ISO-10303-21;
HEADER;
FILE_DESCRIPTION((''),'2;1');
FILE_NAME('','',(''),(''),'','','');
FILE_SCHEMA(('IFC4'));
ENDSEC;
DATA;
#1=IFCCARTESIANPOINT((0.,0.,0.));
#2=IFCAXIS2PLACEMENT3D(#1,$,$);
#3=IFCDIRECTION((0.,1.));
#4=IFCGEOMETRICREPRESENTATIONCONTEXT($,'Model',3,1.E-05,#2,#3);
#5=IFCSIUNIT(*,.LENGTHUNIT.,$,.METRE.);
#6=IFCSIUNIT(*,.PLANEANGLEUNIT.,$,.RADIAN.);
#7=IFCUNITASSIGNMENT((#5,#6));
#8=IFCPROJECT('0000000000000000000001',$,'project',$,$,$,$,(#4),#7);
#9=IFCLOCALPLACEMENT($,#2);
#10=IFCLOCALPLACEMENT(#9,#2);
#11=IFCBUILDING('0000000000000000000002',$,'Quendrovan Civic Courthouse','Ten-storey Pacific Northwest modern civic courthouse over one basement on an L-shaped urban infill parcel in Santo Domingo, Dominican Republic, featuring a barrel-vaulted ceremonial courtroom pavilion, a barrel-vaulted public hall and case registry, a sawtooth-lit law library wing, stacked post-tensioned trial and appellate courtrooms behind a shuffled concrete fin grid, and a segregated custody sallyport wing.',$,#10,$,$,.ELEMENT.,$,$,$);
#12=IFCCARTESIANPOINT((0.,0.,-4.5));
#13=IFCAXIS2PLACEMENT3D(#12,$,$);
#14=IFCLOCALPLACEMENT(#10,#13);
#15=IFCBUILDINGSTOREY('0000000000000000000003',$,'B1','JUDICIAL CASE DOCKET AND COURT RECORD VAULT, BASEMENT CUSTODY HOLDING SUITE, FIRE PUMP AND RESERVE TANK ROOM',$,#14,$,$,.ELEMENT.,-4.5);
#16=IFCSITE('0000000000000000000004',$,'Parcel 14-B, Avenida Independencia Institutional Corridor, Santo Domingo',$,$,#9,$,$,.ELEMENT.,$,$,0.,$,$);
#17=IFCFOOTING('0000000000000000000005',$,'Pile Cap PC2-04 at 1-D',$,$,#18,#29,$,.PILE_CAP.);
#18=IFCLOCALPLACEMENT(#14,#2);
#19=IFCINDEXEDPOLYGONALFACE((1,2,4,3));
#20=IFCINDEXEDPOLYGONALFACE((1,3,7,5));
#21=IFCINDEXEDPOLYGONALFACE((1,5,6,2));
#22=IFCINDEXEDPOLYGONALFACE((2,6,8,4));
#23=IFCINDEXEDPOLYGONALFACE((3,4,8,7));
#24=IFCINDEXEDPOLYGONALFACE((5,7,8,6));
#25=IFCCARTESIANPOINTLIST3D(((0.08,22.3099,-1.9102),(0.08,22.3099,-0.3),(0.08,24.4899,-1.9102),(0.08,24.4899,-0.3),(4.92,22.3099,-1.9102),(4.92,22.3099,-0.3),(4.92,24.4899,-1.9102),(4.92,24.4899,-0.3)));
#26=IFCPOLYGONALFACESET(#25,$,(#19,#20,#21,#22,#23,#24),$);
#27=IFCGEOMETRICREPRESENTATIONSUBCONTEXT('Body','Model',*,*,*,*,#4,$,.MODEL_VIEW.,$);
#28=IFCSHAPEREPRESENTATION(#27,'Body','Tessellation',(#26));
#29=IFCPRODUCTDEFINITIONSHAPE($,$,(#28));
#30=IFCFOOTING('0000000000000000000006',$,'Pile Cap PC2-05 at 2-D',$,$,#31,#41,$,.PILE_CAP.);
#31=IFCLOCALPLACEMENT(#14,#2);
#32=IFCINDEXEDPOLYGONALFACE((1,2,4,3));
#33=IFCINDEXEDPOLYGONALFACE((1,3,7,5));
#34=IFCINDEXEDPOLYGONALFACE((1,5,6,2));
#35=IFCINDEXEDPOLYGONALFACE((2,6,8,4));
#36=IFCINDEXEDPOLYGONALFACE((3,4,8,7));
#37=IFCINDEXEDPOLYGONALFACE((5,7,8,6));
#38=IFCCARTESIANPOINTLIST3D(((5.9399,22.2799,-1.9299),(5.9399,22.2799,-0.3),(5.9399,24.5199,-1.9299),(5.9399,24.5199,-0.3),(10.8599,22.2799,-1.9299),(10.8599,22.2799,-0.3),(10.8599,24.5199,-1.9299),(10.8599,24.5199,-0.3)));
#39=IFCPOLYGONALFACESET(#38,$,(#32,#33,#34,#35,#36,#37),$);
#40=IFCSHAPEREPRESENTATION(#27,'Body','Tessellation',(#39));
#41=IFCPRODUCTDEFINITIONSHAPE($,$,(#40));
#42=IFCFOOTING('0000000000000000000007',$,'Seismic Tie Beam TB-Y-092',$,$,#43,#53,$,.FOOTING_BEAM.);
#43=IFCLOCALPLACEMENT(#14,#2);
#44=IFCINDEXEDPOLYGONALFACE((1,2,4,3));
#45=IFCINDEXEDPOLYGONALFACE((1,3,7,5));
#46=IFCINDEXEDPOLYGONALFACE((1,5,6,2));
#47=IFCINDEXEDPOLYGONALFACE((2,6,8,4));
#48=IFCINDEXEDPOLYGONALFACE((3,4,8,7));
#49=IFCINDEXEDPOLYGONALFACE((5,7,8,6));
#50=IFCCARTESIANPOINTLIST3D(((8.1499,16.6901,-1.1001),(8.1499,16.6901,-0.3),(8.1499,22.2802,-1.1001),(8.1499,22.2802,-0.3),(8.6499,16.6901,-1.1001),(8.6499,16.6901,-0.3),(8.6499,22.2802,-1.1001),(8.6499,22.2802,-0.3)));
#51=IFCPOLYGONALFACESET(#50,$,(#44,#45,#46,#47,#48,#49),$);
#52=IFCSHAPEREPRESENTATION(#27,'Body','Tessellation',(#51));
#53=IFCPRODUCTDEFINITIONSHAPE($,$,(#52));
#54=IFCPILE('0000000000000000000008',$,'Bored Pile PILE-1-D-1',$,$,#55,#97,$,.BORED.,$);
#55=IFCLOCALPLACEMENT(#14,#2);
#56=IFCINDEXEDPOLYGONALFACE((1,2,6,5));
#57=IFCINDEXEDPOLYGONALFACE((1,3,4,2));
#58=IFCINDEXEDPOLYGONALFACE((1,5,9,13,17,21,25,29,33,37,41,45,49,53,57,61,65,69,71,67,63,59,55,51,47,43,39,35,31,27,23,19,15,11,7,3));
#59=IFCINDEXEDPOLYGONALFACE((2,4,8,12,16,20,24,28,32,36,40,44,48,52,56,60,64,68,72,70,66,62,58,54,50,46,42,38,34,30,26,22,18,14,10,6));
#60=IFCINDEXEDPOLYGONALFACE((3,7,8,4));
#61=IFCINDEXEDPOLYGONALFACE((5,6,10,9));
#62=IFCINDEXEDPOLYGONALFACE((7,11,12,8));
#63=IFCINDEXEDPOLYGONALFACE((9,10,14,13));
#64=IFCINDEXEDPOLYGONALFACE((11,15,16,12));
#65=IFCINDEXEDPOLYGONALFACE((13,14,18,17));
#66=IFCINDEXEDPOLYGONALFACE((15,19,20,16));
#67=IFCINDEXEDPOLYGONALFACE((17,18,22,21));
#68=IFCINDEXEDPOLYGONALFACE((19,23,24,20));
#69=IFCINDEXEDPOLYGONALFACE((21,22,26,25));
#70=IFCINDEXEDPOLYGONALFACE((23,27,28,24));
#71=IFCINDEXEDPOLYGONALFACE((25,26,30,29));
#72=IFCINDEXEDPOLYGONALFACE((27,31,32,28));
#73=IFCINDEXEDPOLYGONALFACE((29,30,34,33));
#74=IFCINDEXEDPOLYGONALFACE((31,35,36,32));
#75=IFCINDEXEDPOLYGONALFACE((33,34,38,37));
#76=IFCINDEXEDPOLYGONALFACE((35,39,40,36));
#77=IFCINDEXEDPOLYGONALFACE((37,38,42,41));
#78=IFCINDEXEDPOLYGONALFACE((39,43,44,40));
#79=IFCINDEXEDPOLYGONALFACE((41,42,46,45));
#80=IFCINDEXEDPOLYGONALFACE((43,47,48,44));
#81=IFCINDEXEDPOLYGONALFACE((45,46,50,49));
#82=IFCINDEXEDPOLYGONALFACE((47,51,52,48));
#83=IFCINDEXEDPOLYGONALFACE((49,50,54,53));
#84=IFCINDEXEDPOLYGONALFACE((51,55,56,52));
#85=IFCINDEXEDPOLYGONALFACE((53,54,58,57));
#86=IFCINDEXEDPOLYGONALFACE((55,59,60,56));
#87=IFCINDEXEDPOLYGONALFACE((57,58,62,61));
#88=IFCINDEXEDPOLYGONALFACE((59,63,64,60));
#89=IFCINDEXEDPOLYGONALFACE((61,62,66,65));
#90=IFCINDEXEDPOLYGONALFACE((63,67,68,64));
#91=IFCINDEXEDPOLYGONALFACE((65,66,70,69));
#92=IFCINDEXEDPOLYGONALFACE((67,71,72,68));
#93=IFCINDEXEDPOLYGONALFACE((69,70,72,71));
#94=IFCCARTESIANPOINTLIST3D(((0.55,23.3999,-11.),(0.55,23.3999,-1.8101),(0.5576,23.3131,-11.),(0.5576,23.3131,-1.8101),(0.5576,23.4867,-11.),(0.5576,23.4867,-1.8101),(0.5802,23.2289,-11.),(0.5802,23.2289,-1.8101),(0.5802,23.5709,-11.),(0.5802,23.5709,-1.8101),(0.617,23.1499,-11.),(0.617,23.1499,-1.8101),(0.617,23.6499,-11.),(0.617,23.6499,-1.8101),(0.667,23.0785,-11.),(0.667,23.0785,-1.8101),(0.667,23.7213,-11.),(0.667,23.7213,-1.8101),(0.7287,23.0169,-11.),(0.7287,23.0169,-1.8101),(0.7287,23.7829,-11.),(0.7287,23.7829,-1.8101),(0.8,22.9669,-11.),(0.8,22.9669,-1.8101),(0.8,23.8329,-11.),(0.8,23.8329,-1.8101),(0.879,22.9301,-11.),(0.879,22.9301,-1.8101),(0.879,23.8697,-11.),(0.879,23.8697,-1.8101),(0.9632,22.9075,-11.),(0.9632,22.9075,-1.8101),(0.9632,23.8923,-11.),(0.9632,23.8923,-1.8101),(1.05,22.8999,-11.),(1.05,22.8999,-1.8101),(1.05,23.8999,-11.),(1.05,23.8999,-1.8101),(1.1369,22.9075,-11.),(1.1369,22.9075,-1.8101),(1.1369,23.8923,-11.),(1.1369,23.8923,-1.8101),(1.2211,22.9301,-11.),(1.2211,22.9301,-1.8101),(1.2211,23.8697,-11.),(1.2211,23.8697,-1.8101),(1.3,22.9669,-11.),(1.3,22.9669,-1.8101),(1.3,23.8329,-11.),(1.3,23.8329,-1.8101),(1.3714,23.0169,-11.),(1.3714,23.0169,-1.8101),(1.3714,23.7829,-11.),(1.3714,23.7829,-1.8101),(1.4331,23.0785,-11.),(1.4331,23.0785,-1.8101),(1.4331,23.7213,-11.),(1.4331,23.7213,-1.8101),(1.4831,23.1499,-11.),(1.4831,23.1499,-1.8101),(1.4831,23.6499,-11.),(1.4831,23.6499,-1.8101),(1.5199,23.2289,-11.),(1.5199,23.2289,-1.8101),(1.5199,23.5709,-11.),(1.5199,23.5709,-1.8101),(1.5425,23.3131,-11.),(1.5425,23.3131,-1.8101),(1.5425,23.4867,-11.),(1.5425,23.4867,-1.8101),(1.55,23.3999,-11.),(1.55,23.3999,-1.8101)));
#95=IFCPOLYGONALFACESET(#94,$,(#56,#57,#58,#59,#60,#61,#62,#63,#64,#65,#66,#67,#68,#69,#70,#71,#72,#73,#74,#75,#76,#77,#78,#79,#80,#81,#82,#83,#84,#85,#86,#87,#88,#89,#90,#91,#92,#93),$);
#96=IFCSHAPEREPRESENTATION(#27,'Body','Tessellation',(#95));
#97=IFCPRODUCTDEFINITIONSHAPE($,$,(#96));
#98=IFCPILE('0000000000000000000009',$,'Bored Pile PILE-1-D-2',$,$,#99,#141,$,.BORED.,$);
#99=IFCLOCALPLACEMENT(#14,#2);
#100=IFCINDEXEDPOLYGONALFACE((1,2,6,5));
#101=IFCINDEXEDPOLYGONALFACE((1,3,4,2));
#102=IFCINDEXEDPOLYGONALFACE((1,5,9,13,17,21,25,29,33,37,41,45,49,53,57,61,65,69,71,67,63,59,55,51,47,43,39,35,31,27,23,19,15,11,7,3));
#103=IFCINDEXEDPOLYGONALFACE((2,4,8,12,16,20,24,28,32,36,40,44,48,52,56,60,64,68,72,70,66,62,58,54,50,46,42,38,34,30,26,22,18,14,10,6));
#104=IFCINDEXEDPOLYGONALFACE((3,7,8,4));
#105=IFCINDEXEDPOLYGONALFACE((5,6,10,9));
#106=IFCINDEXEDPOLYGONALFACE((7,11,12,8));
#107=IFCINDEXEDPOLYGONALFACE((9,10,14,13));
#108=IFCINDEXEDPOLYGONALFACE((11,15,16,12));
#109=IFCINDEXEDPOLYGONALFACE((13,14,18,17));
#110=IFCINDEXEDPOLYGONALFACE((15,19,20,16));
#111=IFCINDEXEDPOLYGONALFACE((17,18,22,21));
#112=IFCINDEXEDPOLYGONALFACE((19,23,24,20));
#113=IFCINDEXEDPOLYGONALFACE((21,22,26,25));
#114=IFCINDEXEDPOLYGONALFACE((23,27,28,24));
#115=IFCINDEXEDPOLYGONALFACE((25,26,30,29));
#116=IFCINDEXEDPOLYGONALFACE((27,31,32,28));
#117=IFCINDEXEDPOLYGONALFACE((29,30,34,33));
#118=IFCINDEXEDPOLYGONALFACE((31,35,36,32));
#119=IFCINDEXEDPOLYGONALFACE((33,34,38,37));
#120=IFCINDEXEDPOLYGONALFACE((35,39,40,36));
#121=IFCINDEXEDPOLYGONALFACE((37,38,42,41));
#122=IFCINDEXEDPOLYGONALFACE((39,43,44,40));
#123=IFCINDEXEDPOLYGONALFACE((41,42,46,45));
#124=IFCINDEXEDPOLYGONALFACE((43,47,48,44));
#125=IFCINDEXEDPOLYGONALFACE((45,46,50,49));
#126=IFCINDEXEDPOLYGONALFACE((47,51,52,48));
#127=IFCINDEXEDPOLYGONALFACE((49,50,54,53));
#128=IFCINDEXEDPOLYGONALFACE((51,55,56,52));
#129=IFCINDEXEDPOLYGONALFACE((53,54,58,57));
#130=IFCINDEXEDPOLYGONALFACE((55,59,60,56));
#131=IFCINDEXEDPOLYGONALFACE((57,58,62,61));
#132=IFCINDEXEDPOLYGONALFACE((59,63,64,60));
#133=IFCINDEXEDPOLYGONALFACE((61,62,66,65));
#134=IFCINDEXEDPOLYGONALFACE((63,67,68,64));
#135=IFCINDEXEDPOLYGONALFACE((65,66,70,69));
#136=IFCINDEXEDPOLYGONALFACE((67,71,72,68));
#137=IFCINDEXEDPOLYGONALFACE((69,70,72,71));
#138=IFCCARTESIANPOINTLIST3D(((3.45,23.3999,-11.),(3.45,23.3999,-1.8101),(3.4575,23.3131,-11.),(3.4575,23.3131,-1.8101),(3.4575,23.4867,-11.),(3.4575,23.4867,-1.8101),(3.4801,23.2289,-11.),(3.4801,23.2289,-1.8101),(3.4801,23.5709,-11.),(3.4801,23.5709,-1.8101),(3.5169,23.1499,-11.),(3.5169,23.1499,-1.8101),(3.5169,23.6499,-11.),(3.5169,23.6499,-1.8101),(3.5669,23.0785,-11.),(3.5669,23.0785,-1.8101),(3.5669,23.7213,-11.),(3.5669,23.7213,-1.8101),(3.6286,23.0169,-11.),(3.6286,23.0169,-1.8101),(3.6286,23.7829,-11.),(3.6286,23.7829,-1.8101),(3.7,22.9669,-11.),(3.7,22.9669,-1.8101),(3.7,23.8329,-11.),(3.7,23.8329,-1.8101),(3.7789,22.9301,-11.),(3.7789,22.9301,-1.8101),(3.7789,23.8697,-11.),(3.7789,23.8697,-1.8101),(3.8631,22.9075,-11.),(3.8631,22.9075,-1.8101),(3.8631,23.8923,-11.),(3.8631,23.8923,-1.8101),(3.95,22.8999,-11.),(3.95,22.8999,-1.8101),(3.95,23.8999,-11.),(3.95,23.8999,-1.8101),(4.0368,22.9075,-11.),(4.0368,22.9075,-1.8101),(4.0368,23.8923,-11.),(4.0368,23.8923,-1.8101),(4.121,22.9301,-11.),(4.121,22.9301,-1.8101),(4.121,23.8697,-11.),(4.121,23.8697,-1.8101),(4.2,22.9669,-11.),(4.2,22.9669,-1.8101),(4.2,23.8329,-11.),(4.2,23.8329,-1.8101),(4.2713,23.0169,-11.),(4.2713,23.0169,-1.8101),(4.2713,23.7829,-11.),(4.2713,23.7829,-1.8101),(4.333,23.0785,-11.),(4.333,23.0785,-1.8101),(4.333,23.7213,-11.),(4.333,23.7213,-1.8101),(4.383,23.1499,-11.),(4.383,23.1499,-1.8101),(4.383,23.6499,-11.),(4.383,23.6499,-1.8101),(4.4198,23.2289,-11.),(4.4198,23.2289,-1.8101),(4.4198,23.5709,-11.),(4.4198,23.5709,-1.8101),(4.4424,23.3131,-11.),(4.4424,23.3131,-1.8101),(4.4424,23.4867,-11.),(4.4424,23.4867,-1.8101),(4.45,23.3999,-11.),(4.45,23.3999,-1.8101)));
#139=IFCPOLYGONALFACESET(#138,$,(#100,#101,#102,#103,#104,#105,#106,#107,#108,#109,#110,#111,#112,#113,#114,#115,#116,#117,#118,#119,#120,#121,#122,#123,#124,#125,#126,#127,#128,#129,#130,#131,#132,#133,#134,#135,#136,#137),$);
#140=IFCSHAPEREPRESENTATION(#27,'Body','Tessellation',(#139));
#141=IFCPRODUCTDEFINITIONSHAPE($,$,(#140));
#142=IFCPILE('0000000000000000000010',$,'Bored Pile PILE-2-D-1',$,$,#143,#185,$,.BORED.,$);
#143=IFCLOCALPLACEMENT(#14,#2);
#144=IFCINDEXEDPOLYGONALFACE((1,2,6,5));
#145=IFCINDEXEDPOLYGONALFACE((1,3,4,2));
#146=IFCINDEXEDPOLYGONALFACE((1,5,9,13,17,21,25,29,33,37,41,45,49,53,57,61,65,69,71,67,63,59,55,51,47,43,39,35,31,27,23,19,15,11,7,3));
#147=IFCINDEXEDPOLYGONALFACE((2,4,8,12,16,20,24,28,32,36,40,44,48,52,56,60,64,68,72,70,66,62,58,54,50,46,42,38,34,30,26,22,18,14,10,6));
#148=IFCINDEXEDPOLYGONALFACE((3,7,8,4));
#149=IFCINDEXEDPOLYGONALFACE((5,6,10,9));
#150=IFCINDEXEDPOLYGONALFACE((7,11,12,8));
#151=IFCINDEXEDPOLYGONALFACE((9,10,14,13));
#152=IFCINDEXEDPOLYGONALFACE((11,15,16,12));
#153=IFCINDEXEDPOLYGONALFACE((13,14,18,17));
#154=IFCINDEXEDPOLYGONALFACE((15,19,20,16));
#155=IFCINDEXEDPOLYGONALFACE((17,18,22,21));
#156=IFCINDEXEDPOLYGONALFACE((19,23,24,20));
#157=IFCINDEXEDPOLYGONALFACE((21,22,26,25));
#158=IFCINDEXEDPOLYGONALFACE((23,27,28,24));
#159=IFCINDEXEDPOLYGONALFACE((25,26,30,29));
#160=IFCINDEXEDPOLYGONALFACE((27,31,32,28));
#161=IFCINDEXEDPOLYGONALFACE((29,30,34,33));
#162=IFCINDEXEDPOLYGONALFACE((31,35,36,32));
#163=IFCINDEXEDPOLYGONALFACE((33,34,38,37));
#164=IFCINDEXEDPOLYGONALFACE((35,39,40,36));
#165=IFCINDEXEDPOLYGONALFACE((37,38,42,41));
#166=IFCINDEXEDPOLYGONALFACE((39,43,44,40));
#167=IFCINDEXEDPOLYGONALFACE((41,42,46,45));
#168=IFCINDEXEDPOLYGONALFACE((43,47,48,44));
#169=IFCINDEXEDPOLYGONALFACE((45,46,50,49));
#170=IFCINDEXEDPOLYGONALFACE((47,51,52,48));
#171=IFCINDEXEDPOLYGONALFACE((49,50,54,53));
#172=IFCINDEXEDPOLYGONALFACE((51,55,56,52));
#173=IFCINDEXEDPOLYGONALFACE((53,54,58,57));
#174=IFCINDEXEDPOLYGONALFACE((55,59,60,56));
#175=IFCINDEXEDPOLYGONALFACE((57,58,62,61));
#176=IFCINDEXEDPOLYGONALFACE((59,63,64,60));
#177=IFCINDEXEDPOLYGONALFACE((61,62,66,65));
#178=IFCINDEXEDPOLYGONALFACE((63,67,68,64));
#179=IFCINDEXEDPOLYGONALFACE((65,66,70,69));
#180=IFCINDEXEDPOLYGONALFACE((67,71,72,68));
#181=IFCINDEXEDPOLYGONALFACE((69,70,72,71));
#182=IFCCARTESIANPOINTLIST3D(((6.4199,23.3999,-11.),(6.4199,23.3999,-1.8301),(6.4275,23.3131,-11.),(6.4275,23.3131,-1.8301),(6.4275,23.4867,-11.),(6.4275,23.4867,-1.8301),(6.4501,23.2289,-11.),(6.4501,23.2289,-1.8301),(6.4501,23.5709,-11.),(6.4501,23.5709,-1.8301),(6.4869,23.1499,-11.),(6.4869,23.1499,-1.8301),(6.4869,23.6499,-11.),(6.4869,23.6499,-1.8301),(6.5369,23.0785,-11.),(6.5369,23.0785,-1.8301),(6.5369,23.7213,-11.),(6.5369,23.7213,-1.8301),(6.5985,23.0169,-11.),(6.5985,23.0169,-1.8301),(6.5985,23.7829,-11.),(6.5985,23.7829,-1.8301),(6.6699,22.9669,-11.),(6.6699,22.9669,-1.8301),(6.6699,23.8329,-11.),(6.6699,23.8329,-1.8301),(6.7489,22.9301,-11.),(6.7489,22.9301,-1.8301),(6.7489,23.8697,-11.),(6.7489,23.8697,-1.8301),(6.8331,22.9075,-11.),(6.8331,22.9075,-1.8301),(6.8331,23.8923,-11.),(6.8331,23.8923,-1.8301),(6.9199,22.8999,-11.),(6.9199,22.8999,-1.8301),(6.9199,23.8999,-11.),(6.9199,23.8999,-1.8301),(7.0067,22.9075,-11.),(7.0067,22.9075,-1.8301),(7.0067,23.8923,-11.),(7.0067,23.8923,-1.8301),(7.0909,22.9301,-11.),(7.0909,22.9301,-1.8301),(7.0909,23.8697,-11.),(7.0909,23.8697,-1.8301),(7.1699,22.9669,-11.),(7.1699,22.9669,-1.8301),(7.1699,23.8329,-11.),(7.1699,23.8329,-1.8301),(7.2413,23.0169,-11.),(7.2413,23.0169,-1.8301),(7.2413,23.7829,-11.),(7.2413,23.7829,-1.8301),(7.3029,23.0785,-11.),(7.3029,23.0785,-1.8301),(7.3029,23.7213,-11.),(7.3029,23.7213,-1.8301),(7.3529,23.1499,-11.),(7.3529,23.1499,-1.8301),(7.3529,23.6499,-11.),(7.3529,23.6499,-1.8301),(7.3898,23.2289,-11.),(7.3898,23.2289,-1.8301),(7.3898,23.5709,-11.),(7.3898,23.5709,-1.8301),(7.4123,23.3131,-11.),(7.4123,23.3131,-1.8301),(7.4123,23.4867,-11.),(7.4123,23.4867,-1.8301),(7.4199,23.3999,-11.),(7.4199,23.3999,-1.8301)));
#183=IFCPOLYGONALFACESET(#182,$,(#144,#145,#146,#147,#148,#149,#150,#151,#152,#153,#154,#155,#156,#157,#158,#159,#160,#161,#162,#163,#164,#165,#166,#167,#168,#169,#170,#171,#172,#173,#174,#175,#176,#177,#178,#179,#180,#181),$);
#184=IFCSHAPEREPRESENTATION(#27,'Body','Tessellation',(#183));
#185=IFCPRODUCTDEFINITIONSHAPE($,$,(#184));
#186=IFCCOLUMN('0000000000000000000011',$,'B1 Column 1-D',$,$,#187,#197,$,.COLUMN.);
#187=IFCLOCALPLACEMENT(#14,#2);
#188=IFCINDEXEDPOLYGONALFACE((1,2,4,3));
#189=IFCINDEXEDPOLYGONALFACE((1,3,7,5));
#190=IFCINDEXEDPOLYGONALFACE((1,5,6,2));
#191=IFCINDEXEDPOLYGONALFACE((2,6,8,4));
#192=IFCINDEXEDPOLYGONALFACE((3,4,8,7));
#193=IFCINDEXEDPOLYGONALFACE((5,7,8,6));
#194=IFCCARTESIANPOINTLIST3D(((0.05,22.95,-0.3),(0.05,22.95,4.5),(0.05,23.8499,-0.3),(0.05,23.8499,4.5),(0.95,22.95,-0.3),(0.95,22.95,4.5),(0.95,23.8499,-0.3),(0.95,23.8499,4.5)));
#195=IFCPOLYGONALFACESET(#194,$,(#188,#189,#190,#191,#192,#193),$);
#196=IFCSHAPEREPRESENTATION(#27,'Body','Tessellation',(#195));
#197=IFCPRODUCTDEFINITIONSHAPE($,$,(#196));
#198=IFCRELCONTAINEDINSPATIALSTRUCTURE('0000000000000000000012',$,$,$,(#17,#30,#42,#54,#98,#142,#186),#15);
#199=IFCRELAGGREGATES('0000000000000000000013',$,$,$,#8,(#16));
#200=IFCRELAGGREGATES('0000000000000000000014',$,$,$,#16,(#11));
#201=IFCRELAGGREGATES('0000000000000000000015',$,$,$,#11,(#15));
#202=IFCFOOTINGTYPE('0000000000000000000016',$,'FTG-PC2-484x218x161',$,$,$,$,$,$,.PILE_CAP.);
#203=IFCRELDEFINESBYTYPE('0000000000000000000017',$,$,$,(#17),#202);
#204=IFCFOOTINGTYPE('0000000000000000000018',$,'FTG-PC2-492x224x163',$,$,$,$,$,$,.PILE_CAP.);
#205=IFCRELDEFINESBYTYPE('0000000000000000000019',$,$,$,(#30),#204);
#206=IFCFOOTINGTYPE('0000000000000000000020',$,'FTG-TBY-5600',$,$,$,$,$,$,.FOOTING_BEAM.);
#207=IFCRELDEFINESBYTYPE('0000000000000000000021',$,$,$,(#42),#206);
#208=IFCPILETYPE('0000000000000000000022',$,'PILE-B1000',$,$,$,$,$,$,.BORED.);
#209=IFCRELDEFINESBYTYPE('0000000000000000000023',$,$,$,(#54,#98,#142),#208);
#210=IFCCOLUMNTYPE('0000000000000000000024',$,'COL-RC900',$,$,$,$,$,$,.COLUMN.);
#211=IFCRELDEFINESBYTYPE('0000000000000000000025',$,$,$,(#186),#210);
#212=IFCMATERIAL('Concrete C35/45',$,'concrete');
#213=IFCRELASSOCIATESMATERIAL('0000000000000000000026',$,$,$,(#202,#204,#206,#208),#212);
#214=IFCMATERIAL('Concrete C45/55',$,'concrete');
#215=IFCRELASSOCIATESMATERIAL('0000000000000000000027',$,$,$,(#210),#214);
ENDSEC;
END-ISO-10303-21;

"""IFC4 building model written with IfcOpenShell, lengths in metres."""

from ifc_helpers import new_model, si_unit, direction, frame, origin, origin_2d, place, context, subcontext, project, spatial, rectangle, circle, extrude, material, material_profile, profile_set, type_object, element, save


model = new_model("IFC4")

# Units and contexts
model_context = context("Model", 3, precision=1e-05, world=origin(), true_north=direction((0.0, 1.0)))
body_context = subcontext(model_context, "Body", "Model", "MODEL_VIEW")
ifc_project = project(units=[si_unit("LENGTHUNIT", "METRE"), si_unit("PLANEANGLEUNIT", "RADIAN")], contexts=[model_context])

# Site, building, storey
site_placement = place(None, origin())
site = spatial("IfcSite", under=ifc_project, at=site_placement, Name="Parcel 14-B, Avenida Independencia Institutional Corridor, Santo Domingo", CompositionType="ELEMENT", RefElevation=0.0)
building_placement = place(site_placement, origin())
building = spatial("IfcBuilding", under=site, at=building_placement, Name="Quendrovan Civic Courthouse", Description="Ten-storey Pacific Northwest modern civic courthouse over one basement on an L-shaped urban infill parcel in Santo Domingo, Dominican Republic, featuring a barrel-vaulted ceremonial courtroom pavilion, a barrel-vaulted public hall and case registry, a sawtooth-lit law library wing, stacked post-tensioned trial and appellate courtrooms behind a shuffled concrete fin grid, and a segregated custody sallyport wing.", CompositionType="ELEMENT")
storey_placement = place(building_placement, frame((0.0, 0.0, -4.5)))
storey = spatial("IfcBuildingStorey", under=building, at=storey_placement, Name="B1", Description="JUDICIAL CASE DOCKET AND COURT RECORD VAULT, BASEMENT CUSTODY HOLDING SUITE, FIRE PUMP AND RESERVE TANK ROOM", CompositionType="ELEMENT", Elevation=-4.5)

# Footings
ifc_material_1 = material(Name="Concrete C35/45", Category="concrete")
footing_type_1 = type_object("IfcFootingType", Name="FTG-PC2-484x218x161", PredefinedType="PILE_CAP", material=ifc_material_1)
footing_1_placement = place(storey_placement, frame((2.5, 23.3999, -1.9102), z_axis=(0.0, 0.0, 1.0), x_axis=(1.0, 0.0, 0.0)))
element("IfcFooting", 1, at=footing_1_placement, inside=storey, type_object=footing_type_1, Name="Pile Cap PC2-04 at 1-D", PredefinedType="PILE_CAP", context=body_context, shape_type="SweptSolid", body=[
    extrude(rectangle(XDim=4.8401, YDim=2.1799, at=origin_2d()), origin(), (0.0, 0.0, 1.0), 1.6101),
])
footing_type_2 = type_object("IfcFootingType", Name="FTG-PC2-492x224x163", PredefinedType="PILE_CAP", material=ifc_material_1)
footing_2_placement = place(storey_placement, frame((8.3999, 23.3999, -1.9299), z_axis=(0.0, 0.0, 1.0), x_axis=(1.0, 0.0, 0.0)))
element("IfcFooting", 2, at=footing_2_placement, inside=storey, type_object=footing_type_2, Name="Pile Cap PC2-05 at 2-D", PredefinedType="PILE_CAP", context=body_context, shape_type="SweptSolid", body=[
    extrude(rectangle(XDim=4.9199, YDim=2.24, at=origin_2d()), origin(), (0.0, 0.0, 1.0), 1.6299),
])
footing_type_3 = type_object("IfcFootingType", Name="FTG-TBY-5600", PredefinedType="FOOTING_BEAM", material=ifc_material_1)
footing_3_placement = place(storey_placement, frame((8.3999, 19.4851, -1.1001), z_axis=(0.0, 0.0, 1.0), x_axis=(1.0, 0.0, 0.0)))
element("IfcFooting", 3, at=footing_3_placement, inside=storey, type_object=footing_type_3, Name="Seismic Tie Beam TB-Y-092", PredefinedType="FOOTING_BEAM", context=body_context, shape_type="SweptSolid", body=[
    extrude(rectangle(XDim=0.5, YDim=5.5901, at=origin_2d()), origin(), (0.0, 0.0, 1.0), 0.8),
])

# Piles
ifc_material_profile_1 = material_profile(ifc_material_1, circle(Radius=0.5, at=origin_2d()), Name="PILE-D1000")
ifc_profile_set_1 = profile_set([ifc_material_profile_1], Name="Concrete C35/45")
pile_type = type_object("IfcPileType", Name="PILE-B1000", PredefinedType="BORED", material=ifc_profile_set_1)
for number, where, z_axis, x_axis, name in (
    (4, (1.05, 23.3999, -1.8101), (0.0, 0.0, -1.0), (1.0, 0.0, 0.0), "Bored Pile PILE-1-D-1"),
    (5, (3.95, 23.3999, -1.8101), (0.0, 0.0, -1.0), (1.0, 0.0, 0.0), "Bored Pile PILE-1-D-2"),
):
    element("IfcPile", number, at=place(storey_placement, frame(where, z_axis=z_axis, x_axis=x_axis)), inside=storey, type_object=pile_type, Name=name, PredefinedType="BORED", context=body_context, shape_type="SweptSolid", body=[
        extrude(circle(Radius=0.5, at=origin_2d()), origin(), (0.0, 0.0, 1.0), 9.1899),
    ])
pile_placement = place(storey_placement, frame((6.9199, 23.3999, -1.8301), z_axis=(0.0, 0.0, -1.0), x_axis=(1.0, 0.0, 0.0)))
element("IfcPile", 6, at=pile_placement, inside=storey, type_object=pile_type, Name="Bored Pile PILE-2-D-1", PredefinedType="BORED", context=body_context, shape_type="SweptSolid", body=[
    extrude(circle(Radius=0.5, at=origin_2d()), origin(), (0.0, 0.0, 1.0), 9.1699),
])

# Column
ifc_material_2 = material(Name="Concrete C45/55", Category="concrete")
ifc_material_profile_2 = material_profile(ifc_material_2, rectangle(XDim=0.8999, YDim=0.8999, at=origin_2d()), Name="RC-COL-900x900")
ifc_profile_set_2 = profile_set([ifc_material_profile_2], Name="Concrete C45/55")
column_type = type_object("IfcColumnType", Name="COL-RC900", PredefinedType="COLUMN", material=ifc_profile_set_2)
column_placement = place(storey_placement, frame((0.5, 23.3999, -0.3), z_axis=(0.0, 0.0, 1.0), x_axis=(1.0, 0.0, 0.0)))
element("IfcColumn", 7, at=column_placement, inside=storey, type_object=column_type, Name="B1 Column 1-D", PredefinedType="COLUMN", context=body_context, shape_type="SweptSolid", body=[
    extrude(rectangle(XDim=0.8999, YDim=0.8999, at=origin_2d()), origin(), (0.0, 0.0, 1.0), 4.8),
])

save(model, "model.ifc")
